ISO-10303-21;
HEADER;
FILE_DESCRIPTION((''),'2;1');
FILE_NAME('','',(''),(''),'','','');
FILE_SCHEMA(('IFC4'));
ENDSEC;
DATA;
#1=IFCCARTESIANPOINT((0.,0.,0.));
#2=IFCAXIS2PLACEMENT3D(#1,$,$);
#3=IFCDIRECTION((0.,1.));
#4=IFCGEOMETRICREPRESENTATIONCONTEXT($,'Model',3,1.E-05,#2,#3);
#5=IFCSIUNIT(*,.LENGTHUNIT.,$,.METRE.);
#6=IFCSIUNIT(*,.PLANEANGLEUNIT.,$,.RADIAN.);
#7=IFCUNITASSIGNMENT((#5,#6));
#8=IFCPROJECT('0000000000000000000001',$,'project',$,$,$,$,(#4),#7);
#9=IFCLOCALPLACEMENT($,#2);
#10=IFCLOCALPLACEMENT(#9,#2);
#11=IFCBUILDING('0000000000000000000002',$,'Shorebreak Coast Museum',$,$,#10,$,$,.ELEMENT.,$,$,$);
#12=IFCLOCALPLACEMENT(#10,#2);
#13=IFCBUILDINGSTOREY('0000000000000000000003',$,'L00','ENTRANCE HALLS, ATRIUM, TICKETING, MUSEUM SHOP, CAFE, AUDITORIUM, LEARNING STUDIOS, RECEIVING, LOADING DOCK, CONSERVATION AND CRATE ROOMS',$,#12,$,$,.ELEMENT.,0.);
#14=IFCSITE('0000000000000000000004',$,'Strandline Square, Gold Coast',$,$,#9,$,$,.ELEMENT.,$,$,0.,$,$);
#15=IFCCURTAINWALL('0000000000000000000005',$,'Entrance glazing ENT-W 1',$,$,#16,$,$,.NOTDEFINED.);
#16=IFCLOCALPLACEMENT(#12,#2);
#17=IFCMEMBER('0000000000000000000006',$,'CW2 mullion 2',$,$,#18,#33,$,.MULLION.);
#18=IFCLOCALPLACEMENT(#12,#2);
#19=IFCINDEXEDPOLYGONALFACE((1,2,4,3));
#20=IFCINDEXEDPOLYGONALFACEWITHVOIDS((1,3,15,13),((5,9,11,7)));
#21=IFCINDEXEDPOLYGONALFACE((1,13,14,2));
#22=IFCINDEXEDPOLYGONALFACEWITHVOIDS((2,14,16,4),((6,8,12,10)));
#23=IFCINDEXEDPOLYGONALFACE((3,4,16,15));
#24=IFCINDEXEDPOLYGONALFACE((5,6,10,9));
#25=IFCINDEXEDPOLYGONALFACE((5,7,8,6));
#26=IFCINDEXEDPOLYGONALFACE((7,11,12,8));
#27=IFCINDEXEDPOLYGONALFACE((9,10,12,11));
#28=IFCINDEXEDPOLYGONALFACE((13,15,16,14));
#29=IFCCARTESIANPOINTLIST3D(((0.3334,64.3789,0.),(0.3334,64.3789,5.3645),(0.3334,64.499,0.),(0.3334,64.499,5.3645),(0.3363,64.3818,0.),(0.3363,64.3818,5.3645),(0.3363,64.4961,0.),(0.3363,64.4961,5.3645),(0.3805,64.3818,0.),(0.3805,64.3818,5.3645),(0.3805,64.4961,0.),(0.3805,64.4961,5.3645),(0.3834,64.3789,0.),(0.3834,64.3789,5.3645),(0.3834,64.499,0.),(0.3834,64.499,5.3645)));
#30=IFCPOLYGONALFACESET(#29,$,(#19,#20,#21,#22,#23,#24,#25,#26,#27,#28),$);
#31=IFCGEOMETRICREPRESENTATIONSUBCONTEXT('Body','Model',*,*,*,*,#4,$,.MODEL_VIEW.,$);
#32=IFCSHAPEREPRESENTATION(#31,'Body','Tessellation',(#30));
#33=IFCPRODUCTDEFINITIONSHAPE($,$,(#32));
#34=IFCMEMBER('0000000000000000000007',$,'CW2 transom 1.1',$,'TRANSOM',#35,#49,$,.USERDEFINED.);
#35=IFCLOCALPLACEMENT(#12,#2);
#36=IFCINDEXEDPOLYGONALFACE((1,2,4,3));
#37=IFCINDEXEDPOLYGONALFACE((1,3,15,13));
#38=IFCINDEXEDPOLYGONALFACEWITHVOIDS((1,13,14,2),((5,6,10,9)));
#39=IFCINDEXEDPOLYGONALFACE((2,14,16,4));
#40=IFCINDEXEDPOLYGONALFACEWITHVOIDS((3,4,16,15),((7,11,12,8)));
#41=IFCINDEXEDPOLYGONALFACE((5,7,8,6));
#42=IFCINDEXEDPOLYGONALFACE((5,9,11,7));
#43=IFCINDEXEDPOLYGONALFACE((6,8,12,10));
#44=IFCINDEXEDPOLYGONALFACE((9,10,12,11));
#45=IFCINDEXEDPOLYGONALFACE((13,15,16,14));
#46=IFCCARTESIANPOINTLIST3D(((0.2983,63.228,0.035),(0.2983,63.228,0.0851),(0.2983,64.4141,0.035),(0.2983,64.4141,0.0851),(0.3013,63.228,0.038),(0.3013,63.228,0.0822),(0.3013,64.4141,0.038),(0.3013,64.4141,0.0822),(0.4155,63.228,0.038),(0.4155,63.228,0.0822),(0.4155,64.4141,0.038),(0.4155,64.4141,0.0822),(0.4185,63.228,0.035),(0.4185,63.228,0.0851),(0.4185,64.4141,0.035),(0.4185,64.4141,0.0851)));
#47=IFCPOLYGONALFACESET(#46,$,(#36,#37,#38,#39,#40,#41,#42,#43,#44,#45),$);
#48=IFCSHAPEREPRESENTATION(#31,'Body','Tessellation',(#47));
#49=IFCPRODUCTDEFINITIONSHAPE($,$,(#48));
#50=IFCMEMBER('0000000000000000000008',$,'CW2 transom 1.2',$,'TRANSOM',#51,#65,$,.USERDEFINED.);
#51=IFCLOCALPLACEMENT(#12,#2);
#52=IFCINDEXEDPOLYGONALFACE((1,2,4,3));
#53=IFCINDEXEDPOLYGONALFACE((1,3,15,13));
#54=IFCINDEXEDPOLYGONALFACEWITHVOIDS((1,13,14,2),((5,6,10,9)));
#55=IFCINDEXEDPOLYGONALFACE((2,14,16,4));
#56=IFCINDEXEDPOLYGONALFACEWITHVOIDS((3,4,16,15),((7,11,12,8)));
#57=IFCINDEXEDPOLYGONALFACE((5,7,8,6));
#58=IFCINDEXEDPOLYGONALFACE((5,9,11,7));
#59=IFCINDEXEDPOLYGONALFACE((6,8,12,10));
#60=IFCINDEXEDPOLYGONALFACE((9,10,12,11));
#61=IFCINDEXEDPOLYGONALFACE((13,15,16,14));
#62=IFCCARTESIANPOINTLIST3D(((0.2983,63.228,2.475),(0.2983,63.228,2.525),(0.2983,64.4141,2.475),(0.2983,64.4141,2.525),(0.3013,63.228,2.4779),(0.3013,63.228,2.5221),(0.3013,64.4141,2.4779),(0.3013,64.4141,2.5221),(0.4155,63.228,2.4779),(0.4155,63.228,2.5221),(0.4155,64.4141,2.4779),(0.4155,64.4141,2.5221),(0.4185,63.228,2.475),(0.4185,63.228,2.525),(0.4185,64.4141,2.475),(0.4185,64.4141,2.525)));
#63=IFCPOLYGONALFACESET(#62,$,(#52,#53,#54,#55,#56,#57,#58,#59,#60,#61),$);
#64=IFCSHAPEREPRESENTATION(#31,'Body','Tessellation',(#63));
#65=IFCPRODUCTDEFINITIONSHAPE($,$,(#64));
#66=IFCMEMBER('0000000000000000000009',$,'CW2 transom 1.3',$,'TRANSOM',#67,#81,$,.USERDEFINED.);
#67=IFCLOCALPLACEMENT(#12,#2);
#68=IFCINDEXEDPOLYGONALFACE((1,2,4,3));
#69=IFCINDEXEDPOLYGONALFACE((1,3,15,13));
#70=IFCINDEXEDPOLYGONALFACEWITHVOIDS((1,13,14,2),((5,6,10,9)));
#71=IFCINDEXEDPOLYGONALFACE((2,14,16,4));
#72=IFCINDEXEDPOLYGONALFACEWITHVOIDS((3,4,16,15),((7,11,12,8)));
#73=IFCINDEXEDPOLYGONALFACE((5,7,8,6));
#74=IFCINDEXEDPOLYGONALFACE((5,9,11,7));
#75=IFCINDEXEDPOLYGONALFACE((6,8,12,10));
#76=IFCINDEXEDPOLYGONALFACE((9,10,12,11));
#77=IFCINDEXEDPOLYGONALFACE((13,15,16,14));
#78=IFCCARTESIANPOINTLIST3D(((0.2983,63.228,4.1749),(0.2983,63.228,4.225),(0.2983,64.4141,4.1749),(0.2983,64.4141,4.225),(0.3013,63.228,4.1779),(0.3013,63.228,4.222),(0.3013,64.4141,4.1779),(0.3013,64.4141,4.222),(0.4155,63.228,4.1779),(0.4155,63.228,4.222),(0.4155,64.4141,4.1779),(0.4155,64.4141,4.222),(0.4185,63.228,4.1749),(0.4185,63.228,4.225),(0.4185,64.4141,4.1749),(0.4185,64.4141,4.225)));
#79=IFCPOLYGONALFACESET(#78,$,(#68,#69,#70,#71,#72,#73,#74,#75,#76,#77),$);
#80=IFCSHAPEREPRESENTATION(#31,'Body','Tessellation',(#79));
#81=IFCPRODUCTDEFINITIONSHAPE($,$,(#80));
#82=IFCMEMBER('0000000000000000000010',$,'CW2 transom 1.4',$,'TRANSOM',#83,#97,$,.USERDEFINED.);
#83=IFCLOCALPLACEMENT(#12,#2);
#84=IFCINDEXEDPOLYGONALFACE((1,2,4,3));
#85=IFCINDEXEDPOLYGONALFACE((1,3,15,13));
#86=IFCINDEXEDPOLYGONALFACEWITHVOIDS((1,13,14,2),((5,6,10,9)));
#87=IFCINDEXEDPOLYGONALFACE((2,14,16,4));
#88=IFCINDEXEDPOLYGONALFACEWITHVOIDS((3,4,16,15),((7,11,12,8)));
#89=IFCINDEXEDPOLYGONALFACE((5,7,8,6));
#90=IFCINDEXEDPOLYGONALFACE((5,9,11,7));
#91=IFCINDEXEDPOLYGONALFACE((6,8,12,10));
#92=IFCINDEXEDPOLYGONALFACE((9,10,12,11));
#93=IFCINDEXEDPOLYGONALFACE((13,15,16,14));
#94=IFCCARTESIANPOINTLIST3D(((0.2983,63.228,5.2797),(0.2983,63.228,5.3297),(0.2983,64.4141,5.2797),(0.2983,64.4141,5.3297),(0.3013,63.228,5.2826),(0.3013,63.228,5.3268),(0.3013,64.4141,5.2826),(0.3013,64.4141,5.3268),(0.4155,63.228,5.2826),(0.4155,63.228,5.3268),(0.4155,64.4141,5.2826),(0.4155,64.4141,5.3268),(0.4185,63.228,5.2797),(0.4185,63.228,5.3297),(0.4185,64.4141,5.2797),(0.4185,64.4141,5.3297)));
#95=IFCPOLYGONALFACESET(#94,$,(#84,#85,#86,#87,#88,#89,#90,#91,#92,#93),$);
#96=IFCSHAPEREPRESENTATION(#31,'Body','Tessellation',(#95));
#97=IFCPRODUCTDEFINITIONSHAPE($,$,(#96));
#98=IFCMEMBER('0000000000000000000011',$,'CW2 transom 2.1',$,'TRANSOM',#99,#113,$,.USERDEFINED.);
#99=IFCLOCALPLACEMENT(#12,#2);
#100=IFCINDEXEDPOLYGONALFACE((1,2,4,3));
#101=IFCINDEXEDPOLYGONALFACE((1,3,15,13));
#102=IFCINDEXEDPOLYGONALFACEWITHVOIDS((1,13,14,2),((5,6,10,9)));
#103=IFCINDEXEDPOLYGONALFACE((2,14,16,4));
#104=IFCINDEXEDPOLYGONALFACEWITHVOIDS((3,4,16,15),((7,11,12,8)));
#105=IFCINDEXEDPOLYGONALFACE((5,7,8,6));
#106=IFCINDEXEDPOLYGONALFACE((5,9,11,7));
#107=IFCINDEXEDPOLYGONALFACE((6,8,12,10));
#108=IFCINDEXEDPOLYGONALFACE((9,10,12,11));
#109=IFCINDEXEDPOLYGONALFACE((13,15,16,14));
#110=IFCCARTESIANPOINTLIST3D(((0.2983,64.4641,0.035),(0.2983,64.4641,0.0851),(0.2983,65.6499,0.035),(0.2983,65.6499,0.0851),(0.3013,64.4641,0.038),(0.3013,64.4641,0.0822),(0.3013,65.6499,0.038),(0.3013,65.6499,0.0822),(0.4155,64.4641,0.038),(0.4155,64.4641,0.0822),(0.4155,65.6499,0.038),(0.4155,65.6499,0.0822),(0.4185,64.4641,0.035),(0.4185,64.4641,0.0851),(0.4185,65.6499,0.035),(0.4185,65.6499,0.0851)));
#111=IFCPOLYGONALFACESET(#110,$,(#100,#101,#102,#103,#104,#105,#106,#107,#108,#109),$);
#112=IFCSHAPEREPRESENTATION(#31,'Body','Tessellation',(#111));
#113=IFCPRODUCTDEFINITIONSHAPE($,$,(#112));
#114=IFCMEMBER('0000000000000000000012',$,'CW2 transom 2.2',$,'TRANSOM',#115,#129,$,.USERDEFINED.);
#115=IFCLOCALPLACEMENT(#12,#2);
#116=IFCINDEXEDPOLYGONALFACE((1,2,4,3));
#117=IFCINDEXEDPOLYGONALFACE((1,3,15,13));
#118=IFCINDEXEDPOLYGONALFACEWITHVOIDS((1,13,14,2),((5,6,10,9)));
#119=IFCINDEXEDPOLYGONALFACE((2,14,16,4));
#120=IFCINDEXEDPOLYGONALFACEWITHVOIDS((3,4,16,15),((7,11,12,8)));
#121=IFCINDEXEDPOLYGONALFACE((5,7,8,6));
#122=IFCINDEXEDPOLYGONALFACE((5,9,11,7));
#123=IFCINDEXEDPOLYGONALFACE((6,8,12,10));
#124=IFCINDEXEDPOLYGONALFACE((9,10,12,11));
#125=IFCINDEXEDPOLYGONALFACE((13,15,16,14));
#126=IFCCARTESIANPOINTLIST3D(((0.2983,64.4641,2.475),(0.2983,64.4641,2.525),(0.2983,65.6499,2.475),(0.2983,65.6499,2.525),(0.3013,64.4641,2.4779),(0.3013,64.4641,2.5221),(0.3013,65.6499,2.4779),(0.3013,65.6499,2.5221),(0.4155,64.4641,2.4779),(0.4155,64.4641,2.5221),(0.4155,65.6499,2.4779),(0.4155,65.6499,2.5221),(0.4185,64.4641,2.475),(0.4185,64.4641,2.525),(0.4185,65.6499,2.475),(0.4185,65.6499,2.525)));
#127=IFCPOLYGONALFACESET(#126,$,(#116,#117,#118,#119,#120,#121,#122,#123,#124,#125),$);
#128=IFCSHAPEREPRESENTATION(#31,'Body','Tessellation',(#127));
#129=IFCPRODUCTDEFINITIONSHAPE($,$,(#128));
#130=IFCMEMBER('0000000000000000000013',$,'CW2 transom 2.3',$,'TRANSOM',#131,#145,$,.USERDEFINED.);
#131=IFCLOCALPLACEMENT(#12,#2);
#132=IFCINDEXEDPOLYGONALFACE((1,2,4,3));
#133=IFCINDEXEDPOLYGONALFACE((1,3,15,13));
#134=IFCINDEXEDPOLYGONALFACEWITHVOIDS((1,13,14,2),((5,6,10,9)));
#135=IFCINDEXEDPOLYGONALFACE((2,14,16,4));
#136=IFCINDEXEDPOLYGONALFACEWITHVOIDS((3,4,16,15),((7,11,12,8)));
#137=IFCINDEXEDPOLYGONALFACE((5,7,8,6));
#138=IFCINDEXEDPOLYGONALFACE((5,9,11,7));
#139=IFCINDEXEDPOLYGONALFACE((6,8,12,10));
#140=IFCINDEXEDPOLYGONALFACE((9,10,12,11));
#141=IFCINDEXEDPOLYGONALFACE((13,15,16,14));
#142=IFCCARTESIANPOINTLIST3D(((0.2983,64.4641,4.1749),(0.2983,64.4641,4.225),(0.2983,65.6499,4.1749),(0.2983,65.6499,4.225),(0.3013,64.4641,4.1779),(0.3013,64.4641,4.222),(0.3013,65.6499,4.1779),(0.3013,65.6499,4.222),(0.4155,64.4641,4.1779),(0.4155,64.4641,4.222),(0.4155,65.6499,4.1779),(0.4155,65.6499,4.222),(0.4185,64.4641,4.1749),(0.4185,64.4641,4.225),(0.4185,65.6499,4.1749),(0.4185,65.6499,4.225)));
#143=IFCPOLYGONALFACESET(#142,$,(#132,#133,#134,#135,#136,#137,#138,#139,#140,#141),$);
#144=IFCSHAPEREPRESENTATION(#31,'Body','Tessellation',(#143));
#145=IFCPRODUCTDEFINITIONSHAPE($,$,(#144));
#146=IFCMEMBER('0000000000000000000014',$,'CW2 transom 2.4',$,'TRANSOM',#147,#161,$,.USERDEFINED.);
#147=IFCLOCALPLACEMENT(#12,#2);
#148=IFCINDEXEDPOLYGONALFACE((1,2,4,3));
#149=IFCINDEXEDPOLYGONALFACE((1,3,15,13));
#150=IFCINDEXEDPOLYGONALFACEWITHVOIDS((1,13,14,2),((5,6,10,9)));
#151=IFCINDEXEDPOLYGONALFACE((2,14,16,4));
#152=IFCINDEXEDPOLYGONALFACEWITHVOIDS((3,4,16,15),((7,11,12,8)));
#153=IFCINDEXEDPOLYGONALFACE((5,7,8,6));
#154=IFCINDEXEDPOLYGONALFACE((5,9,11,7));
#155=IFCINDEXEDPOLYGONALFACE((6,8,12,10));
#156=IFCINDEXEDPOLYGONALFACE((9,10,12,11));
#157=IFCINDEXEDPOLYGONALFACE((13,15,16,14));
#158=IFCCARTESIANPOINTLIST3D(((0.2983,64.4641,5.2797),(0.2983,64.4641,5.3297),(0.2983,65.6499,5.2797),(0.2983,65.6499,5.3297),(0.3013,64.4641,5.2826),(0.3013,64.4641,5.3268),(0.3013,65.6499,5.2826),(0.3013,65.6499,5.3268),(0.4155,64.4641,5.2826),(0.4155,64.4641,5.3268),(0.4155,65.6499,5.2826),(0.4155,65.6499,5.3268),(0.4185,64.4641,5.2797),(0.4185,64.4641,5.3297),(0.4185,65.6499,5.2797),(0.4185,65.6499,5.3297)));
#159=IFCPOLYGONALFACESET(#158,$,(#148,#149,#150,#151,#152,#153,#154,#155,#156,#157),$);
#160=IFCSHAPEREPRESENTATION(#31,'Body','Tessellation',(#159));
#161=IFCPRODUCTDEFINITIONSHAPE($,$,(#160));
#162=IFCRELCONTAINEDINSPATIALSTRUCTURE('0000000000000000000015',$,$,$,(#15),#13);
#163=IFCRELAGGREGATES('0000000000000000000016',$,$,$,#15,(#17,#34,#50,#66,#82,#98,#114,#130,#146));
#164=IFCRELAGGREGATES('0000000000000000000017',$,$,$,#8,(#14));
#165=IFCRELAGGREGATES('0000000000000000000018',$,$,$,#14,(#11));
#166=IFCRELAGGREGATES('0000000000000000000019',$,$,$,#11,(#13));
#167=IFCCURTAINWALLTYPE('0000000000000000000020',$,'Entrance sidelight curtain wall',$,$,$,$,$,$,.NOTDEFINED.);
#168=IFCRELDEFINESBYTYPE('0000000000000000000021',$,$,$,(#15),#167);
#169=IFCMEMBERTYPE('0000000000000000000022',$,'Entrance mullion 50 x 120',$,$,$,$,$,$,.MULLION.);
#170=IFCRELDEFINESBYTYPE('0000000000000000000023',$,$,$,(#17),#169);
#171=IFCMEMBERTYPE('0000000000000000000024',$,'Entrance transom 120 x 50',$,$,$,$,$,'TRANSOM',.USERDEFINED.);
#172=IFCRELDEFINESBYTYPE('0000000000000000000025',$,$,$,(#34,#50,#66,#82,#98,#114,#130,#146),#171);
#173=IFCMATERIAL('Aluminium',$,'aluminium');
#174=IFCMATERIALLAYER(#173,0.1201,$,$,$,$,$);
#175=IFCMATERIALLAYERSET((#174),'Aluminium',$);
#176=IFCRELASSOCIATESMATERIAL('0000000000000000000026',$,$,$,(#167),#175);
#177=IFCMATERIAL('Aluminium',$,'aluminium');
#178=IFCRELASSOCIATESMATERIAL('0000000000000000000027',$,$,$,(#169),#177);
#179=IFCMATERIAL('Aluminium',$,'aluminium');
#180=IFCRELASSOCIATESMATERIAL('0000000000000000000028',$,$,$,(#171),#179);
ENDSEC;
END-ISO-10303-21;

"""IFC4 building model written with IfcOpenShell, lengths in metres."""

from ifc_helpers import new_model, si_unit, direction, frame, origin, origin_2d, place, context, subcontext, project, spatial, hollow_rectangle, extrude, material, layer, layer_set, material_profile, profile_set, type_object, element, aggregate, save


model = new_model("IFC4")

# Units and contexts
model_context = context("Model", 3, precision=1e-05, world=origin(), true_north=direction((0.0, 1.0)))
body_context = subcontext(model_context, "Body", "Model", "MODEL_VIEW")
ifc_project = project(units=[si_unit("LENGTHUNIT", "METRE"), si_unit("PLANEANGLEUNIT", "RADIAN")], contexts=[model_context])

# Site, building, storey
site_placement = place(None, origin())
site = spatial("IfcSite", under=ifc_project, at=site_placement, Name="Strandline Square, Gold Coast", CompositionType="ELEMENT", RefElevation=0.0)
building_placement = place(site_placement, origin())
building = spatial("IfcBuilding", under=site, at=building_placement, Name="Shorebreak Coast Museum", CompositionType="ELEMENT")
storey_placement = place(building_placement, origin())
storey = spatial("IfcBuildingStorey", under=building, at=storey_placement, Name="L00", Description="ENTRANCE HALLS, ATRIUM, TICKETING, MUSEUM SHOP, CAFE, AUDITORIUM, LEARNING STUDIOS, RECEIVING, LOADING DOCK, CONSERVATION AND CRATE ROOMS", CompositionType="ELEMENT", Elevation=0.0)

# Curtain wall, members
ifc_material_1 = material(Name="Aluminium", Category="aluminium")
ifc_layer_1 = layer(ifc_material_1, 0.1201)
ifc_layer_set_1 = layer_set([ifc_layer_1], Name="Aluminium")
curtain_wall_type = type_object("IfcCurtainWallType", Name="Entrance sidelight curtain wall", PredefinedType="NOTDEFINED", material=ifc_layer_set_1)
curtain_wall_placement = place(storey_placement, origin())
curtain_wall = element("IfcCurtainWall", 1, at=curtain_wall_placement, inside=storey, type_object=curtain_wall_type, Name="Entrance glazing ENT-W 1", PredefinedType="NOTDEFINED")
ifc_material_2 = material(Name="Aluminium", Category="aluminium")
ifc_material_profile_1 = material_profile(ifc_material_2, hollow_rectangle(XDim=0.05, YDim=0.1201, WallThickness=0.0029, at=origin_2d()), Name="AL 120x50 RHS")
ifc_profile_set_1 = profile_set([ifc_material_profile_1], Name="Aluminium")
member_type_1 = type_object("IfcMemberType", Name="Entrance mullion 50 x 120", PredefinedType="MULLION", material=ifc_profile_set_1)
member_1_placement = place(storey_placement, frame((0.3584, 64.439, 0.0), z_axis=(0.0, 0.0, 1.0), x_axis=(-1.0, 0.0, 0.0)))
member_1 = element("IfcMember", 2, at=member_1_placement, type_object=member_type_1, Name="CW2 mullion 2", PredefinedType="MULLION", context=body_context, shape_type="SweptSolid", body=[
    extrude(hollow_rectangle(XDim=0.05, YDim=0.1201, WallThickness=0.0029, at=origin_2d()), origin(), (0.0, 0.0, 1.0), 5.3645),
])
ifc_material_3 = material(Name="Aluminium", Category="aluminium")
ifc_material_profile_2 = material_profile(ifc_material_3, hollow_rectangle(XDim=0.1201, YDim=0.05, WallThickness=0.0029, at=origin_2d()), Name="AL 50x120 RHS")
ifc_profile_set_2 = profile_set([ifc_material_profile_2], Name="Aluminium")
member_type_2 = type_object("IfcMemberType", Name="Entrance transom 120 x 50", ElementType="TRANSOM", PredefinedType="USERDEFINED", material=ifc_profile_set_2)
member_2_placement = place(storey_placement, frame((0.3584, 63.228, 0.0601), z_axis=(0.0, 1.0, 0.0), x_axis=(-1.0, 0.0, 0.0)))
member_2 = element("IfcMember", 3, at=member_2_placement, type_object=member_type_2, Name="CW2 transom 1.1", ObjectType="TRANSOM", PredefinedType="USERDEFINED", context=body_context, shape_type="SweptSolid", body=[
    extrude(hollow_rectangle(XDim=0.1201, YDim=0.05, WallThickness=0.0029, at=origin_2d()), origin(), (0.0, 0.0, 1.0), 1.186),
])
member_3_placement = place(storey_placement, frame((0.3584, 63.228, 2.5), z_axis=(0.0, 1.0, 0.0), x_axis=(-1.0, 0.0, 0.0)))
member_3 = element("IfcMember", 4, at=member_3_placement, type_object=member_type_2, Name="CW2 transom 1.2", ObjectType="TRANSOM", PredefinedType="USERDEFINED", context=body_context, shape_type="SweptSolid", body=[
    extrude(hollow_rectangle(XDim=0.1201, YDim=0.05, WallThickness=0.0029, at=origin_2d()), origin(), (0.0, 0.0, 1.0), 1.186),
])
member_4_placement = place(storey_placement, frame((0.3584, 63.228, 4.2), z_axis=(0.0, 1.0, 0.0), x_axis=(-1.0, 0.0, 0.0)))
member_4 = element("IfcMember", 5, at=member_4_placement, type_object=member_type_2, Name="CW2 transom 1.3", ObjectType="TRANSOM", PredefinedType="USERDEFINED", context=body_context, shape_type="SweptSolid", body=[
    extrude(hollow_rectangle(XDim=0.1201, YDim=0.05, WallThickness=0.0029, at=origin_2d()), origin(), (0.0, 0.0, 1.0), 1.186),
])
member_5_placement = place(storey_placement, frame((0.3584, 63.228, 5.3047), z_axis=(0.0, 1.0, 0.0), x_axis=(-1.0, 0.0, 0.0)))
member_5 = element("IfcMember", 6, at=member_5_placement, type_object=member_type_2, Name="CW2 transom 1.4", ObjectType="TRANSOM", PredefinedType="USERDEFINED", context=body_context, shape_type="SweptSolid", body=[
    extrude(hollow_rectangle(XDim=0.1201, YDim=0.05, WallThickness=0.0029, at=origin_2d()), origin(), (0.0, 0.0, 1.0), 1.186),
])
member_6_placement = place(storey_placement, frame((0.3584, 64.4641, 0.0601), z_axis=(0.0, 1.0, 0.0), x_axis=(-1.0, 0.0, 0.0)))
member_6 = element("IfcMember", 7, at=member_6_placement, type_object=member_type_2, Name="CW2 transom 2.1", ObjectType="TRANSOM", PredefinedType="USERDEFINED", context=body_context, shape_type="SweptSolid", body=[
    extrude(hollow_rectangle(XDim=0.1201, YDim=0.05, WallThickness=0.0029, at=origin_2d()), origin(), (0.0, 0.0, 1.0), 1.1858),
])
member_7_placement = place(storey_placement, frame((0.3584, 64.4641, 2.5), z_axis=(0.0, 1.0, 0.0), x_axis=(-1.0, 0.0, 0.0)))
member_7 = element("IfcMember", 8, at=member_7_placement, type_object=member_type_2, Name="CW2 transom 2.2", ObjectType="TRANSOM", PredefinedType="USERDEFINED", context=body_context, shape_type="SweptSolid", body=[
    extrude(hollow_rectangle(XDim=0.1201, YDim=0.05, WallThickness=0.0029, at=origin_2d()), origin(), (0.0, 0.0, 1.0), 1.1858),
])
member_8_placement = place(storey_placement, frame((0.3584, 64.4641, 4.2), z_axis=(0.0, 1.0, 0.0), x_axis=(-1.0, 0.0, 0.0)))
member_8 = element("IfcMember", 9, at=member_8_placement, type_object=member_type_2, Name="CW2 transom 2.3", ObjectType="TRANSOM", PredefinedType="USERDEFINED", context=body_context, shape_type="SweptSolid", body=[
    extrude(hollow_rectangle(XDim=0.1201, YDim=0.05, WallThickness=0.0029, at=origin_2d()), origin(), (0.0, 0.0, 1.0), 1.1858),
])
member_9_placement = place(storey_placement, frame((0.3584, 64.4641, 5.3047), z_axis=(0.0, 1.0, 0.0), x_axis=(-1.0, 0.0, 0.0)))
member_9 = element("IfcMember", 10, at=member_9_placement, type_object=member_type_2, Name="CW2 transom 2.4", ObjectType="TRANSOM", PredefinedType="USERDEFINED", context=body_context, shape_type="SweptSolid", body=[
    extrude(hollow_rectangle(XDim=0.1201, YDim=0.05, WallThickness=0.0029, at=origin_2d()), origin(), (0.0, 0.0, 1.0), 1.1858),
])

aggregate(curtain_wall, [member_1, member_2, member_3, member_4, member_5, member_6, member_7, member_8, member_9])

save(model, "model.ifc")
